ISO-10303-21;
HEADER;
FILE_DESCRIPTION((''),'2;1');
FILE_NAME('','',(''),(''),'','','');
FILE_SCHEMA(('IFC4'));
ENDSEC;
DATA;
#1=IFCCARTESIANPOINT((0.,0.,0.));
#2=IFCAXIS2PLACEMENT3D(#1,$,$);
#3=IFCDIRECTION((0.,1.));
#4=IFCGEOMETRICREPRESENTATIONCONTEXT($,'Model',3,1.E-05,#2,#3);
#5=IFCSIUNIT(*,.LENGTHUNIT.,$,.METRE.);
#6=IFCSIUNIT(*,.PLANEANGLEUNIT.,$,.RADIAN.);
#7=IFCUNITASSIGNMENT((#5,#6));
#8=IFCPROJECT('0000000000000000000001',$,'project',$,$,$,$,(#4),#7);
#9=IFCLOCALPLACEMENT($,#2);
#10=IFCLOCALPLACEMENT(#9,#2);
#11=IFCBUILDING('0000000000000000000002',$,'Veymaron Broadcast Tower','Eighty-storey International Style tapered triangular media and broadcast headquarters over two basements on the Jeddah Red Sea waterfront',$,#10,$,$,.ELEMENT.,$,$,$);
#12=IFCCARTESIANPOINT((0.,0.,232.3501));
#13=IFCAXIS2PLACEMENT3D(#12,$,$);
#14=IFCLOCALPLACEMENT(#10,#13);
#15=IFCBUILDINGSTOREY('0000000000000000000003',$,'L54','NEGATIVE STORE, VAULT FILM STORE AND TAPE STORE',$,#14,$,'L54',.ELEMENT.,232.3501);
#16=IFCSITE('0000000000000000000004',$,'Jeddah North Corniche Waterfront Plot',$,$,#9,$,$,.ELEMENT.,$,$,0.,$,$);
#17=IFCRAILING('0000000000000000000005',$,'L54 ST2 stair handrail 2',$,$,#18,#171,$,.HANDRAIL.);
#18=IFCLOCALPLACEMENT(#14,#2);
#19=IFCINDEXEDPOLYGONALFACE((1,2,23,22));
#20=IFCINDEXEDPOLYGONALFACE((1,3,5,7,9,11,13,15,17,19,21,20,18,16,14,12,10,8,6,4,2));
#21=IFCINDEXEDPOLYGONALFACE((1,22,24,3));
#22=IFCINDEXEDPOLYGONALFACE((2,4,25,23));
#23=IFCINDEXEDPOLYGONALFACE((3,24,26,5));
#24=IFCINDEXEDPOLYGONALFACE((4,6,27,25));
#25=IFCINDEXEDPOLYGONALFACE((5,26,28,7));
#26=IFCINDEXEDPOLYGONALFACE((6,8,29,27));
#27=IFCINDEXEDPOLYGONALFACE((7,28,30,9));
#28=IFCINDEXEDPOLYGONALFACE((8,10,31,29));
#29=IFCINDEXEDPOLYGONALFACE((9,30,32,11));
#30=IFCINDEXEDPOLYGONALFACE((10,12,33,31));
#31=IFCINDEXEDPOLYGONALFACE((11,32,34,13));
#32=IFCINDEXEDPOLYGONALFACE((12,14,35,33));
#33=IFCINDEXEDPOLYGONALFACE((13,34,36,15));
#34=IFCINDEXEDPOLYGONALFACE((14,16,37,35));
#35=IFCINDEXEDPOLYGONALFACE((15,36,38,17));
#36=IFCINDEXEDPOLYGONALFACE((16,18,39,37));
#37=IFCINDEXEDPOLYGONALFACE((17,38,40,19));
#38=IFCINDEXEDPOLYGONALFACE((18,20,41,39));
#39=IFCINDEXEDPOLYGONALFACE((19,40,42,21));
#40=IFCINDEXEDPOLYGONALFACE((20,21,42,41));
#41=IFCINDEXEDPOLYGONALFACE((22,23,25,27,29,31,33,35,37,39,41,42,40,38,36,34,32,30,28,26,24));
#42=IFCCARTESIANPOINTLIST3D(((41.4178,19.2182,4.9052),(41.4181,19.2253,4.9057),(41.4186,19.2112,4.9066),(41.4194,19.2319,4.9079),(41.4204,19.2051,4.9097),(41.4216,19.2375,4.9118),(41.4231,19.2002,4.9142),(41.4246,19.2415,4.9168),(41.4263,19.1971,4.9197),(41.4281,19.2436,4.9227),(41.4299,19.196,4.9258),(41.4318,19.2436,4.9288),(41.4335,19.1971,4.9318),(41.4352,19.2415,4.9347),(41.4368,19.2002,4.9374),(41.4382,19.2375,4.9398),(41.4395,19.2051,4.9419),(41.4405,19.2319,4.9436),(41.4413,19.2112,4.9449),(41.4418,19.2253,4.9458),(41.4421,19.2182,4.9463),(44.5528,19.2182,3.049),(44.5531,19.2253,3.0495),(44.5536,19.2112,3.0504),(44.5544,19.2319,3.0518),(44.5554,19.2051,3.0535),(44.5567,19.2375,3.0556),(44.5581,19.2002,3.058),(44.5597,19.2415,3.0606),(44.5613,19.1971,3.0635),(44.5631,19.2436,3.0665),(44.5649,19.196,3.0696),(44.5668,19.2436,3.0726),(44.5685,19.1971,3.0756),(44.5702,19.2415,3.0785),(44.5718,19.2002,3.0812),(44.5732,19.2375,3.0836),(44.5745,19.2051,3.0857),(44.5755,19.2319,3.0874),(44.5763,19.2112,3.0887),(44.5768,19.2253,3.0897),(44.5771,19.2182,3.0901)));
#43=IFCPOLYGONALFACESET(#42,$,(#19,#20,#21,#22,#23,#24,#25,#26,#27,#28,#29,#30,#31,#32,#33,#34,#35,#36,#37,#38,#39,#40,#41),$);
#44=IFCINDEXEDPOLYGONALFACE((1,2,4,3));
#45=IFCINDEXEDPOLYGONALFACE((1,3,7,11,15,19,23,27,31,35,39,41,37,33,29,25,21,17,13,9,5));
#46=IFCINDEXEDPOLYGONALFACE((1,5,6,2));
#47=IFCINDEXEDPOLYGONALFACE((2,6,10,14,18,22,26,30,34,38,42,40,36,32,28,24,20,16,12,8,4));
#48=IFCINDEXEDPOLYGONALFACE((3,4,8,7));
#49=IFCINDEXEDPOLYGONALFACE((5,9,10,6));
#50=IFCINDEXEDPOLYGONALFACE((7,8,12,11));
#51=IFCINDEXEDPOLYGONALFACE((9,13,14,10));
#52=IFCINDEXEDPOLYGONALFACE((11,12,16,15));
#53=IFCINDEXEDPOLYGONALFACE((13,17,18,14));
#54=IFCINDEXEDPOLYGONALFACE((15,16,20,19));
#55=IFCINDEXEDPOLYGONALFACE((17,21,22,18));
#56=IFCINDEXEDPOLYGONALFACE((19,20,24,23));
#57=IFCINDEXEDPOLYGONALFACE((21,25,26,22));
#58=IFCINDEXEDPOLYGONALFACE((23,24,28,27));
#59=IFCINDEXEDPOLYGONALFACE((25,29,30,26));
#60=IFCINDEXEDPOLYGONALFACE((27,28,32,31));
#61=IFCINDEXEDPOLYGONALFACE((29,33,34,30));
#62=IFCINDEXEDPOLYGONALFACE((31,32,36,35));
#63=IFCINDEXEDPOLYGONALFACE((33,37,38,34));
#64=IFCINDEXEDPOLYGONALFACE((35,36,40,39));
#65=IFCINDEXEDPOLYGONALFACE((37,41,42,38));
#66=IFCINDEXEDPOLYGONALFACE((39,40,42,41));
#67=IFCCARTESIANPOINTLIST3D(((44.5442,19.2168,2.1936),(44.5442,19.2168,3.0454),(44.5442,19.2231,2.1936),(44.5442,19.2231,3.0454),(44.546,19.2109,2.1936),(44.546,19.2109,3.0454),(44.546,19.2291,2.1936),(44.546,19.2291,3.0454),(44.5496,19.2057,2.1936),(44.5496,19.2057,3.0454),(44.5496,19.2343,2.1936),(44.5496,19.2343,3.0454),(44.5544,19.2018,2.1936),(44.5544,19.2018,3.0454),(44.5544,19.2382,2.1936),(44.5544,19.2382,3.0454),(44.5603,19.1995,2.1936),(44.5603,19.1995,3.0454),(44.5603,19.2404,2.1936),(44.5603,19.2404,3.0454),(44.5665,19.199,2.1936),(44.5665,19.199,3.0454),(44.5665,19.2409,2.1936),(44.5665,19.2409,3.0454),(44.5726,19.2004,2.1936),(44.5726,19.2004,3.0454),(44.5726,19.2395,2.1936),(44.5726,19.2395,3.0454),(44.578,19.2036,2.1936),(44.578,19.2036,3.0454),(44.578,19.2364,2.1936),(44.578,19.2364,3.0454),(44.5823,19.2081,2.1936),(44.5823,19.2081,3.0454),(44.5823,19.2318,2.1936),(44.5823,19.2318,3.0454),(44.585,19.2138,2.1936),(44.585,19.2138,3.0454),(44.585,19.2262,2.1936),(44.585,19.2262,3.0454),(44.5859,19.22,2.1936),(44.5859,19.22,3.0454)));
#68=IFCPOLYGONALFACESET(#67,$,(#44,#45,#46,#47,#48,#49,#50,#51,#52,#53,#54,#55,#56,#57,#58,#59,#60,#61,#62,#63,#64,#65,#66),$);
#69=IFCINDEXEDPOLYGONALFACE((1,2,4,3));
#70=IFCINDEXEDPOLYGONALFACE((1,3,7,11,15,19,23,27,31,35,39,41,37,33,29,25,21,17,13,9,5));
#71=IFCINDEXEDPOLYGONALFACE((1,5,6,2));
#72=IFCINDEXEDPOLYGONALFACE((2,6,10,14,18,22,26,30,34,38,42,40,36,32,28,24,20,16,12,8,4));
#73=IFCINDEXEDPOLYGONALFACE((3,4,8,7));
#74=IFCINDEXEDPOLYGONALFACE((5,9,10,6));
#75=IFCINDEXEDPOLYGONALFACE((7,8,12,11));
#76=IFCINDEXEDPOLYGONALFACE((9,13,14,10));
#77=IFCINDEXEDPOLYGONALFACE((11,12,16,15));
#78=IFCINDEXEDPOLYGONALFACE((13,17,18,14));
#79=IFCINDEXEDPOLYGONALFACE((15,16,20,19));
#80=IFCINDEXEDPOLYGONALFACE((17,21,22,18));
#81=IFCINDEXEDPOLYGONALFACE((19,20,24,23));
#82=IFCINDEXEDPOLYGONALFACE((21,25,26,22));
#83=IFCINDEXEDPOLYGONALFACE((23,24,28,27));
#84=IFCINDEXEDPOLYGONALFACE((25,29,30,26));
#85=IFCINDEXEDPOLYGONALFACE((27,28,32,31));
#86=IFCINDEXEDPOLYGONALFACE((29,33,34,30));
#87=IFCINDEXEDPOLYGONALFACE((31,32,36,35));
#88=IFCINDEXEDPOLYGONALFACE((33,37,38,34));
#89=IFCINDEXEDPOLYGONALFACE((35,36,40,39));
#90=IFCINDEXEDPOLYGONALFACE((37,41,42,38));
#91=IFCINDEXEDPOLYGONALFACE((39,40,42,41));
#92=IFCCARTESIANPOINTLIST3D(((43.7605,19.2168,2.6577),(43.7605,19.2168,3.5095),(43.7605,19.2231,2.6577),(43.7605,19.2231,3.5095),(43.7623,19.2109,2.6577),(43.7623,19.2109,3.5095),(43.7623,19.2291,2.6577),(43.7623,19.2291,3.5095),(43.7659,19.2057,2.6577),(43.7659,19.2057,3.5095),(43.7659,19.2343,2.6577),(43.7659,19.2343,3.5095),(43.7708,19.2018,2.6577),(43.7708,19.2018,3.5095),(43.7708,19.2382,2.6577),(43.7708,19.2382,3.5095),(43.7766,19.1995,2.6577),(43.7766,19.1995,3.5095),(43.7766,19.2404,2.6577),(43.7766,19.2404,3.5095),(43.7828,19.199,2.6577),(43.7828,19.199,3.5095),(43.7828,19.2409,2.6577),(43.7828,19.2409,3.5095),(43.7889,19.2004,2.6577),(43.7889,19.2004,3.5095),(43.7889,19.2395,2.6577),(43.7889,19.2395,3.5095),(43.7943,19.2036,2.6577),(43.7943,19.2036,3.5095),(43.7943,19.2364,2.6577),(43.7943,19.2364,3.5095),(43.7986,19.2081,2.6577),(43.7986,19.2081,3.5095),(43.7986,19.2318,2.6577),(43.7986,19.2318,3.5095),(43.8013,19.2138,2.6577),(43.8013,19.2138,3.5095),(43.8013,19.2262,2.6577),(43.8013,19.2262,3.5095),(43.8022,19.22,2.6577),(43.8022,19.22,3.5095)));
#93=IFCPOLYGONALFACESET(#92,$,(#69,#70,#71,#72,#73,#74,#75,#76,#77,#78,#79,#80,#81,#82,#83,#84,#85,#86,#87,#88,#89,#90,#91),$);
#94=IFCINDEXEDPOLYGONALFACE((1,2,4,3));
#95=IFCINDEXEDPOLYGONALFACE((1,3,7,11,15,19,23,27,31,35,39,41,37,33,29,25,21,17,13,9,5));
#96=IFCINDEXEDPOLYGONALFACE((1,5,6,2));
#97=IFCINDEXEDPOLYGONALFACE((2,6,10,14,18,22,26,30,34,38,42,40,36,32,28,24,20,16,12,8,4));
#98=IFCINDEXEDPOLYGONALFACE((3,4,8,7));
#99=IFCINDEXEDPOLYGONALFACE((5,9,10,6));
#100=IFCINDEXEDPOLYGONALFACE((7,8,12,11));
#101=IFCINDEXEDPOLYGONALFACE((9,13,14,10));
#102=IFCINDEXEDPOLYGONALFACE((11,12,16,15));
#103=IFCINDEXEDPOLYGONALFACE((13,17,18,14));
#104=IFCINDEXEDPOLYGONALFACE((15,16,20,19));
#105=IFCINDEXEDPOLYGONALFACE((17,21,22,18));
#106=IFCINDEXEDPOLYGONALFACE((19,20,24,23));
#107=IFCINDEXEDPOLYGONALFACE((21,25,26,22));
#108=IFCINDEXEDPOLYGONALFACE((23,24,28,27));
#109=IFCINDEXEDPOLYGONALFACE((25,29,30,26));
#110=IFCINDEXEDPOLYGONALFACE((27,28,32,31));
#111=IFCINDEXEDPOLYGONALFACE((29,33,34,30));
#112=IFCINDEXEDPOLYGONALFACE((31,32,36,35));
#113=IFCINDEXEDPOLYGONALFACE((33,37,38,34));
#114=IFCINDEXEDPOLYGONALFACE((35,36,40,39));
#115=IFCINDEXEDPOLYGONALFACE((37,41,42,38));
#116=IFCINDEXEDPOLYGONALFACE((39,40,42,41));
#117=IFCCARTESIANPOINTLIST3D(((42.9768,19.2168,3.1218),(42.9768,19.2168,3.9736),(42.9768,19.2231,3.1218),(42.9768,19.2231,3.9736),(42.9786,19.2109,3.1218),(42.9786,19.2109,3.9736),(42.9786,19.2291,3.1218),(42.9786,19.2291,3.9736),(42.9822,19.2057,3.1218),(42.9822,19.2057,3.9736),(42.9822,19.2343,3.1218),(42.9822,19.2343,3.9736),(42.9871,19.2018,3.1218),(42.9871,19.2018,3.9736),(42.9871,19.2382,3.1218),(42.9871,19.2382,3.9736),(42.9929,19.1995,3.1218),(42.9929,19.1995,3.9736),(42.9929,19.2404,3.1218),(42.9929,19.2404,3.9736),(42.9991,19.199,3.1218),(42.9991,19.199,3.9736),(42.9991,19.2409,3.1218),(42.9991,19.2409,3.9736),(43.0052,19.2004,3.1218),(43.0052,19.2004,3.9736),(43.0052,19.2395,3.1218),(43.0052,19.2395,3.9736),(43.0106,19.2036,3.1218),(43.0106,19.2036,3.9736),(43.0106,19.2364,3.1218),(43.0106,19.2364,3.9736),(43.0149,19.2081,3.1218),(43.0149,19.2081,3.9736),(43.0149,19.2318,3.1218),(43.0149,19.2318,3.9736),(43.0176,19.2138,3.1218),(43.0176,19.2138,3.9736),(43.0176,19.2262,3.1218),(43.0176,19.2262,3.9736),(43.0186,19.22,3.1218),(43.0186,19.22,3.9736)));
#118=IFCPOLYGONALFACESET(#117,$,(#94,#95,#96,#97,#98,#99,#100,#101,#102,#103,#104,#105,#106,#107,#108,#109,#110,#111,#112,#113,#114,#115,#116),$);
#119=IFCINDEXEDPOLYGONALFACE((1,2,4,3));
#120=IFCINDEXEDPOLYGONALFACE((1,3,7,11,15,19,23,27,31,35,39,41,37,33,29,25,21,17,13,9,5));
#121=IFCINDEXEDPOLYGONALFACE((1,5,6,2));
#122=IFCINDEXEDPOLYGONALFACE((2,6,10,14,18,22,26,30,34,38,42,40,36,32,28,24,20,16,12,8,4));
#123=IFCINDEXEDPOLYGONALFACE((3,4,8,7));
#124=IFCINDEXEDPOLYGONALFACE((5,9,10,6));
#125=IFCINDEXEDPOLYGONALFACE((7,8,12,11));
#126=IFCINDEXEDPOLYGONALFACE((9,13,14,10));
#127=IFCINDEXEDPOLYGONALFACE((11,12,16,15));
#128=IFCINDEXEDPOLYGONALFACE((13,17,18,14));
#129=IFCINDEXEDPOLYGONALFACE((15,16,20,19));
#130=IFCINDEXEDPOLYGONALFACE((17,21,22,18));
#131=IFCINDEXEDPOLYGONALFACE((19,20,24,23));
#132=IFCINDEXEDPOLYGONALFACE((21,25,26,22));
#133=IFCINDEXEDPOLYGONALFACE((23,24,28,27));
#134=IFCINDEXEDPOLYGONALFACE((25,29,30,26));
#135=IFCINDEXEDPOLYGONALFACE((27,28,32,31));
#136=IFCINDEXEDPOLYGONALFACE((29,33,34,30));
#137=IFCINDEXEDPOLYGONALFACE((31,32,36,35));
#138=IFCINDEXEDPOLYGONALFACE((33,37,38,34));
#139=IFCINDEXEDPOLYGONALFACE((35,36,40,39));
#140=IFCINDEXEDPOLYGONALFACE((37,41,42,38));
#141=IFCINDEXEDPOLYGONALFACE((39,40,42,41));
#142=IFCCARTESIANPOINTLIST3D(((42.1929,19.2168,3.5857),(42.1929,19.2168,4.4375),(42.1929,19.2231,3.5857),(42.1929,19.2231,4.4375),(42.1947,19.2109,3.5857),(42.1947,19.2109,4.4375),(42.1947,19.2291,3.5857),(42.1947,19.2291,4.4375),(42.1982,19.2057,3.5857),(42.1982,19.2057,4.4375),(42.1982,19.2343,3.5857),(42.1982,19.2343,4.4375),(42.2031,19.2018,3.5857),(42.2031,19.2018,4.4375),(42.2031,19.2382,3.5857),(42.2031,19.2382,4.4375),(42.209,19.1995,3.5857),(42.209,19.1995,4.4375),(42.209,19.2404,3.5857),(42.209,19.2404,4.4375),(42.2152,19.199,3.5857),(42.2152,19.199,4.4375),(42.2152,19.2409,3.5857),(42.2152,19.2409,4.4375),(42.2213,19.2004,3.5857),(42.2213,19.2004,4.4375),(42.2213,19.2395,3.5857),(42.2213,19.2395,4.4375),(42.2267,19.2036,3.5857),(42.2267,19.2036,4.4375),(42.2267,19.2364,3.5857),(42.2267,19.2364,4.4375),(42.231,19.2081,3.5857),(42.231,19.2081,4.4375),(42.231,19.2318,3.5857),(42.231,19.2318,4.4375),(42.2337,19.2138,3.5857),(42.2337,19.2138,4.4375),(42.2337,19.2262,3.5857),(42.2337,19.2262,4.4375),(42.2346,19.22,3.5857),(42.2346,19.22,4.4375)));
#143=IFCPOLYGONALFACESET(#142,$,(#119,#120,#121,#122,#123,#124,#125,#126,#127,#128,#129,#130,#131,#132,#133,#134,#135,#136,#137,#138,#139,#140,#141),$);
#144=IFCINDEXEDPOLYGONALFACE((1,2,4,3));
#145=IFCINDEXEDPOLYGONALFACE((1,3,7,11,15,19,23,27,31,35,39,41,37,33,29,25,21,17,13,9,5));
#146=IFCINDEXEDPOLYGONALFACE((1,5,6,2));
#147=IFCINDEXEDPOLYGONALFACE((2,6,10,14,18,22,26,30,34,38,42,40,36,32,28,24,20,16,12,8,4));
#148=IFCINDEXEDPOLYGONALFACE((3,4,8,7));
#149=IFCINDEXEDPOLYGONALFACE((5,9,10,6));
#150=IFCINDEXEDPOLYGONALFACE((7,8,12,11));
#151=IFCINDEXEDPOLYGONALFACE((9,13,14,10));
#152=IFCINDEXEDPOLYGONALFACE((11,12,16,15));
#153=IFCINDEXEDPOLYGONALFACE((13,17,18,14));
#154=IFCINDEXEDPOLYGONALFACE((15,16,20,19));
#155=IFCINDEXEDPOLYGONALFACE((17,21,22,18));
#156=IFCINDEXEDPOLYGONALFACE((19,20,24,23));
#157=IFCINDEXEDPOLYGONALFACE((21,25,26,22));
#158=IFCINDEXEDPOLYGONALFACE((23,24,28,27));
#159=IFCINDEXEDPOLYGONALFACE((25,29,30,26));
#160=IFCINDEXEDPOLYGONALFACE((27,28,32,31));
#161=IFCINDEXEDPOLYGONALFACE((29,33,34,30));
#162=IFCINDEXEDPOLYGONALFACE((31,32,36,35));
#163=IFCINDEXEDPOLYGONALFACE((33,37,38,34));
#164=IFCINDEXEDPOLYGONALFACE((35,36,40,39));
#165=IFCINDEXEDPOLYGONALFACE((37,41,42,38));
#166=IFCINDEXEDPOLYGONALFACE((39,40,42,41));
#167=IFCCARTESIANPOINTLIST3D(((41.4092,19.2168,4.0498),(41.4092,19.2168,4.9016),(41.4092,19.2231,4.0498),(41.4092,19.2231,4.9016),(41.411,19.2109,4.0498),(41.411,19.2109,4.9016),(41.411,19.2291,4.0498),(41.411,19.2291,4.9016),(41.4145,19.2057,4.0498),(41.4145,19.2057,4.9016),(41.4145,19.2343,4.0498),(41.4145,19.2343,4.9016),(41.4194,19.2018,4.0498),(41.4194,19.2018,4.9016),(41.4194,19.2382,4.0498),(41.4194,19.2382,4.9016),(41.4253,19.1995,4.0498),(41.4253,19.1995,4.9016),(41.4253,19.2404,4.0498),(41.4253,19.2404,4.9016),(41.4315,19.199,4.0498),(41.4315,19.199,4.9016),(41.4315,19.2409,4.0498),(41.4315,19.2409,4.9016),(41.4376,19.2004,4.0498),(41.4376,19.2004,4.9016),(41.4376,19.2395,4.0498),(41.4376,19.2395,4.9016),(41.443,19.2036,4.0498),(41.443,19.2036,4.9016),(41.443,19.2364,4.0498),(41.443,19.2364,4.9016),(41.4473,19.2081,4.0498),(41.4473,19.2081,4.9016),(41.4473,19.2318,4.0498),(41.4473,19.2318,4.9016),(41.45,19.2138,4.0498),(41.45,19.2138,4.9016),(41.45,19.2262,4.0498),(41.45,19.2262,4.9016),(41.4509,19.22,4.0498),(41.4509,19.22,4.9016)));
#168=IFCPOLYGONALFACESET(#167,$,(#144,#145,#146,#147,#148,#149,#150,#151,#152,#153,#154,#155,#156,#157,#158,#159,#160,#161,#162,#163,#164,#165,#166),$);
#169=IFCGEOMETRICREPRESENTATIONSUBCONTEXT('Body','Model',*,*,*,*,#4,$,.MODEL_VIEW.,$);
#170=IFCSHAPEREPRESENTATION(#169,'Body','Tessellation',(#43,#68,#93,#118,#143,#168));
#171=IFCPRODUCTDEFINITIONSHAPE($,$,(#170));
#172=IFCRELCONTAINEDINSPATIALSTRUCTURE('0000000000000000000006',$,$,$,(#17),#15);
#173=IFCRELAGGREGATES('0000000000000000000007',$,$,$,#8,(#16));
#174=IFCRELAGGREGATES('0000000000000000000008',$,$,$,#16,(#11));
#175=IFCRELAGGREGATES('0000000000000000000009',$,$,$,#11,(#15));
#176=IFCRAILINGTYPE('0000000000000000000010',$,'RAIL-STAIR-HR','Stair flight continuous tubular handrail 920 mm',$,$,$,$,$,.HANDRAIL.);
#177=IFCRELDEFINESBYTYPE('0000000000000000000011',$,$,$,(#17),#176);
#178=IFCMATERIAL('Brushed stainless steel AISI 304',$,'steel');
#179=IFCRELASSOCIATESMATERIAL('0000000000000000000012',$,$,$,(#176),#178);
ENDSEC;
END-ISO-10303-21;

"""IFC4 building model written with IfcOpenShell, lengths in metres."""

from ifc_helpers import new_model, si_unit, direction, frame, origin, origin_2d, place, context, subcontext, project, spatial, circle, extrude, material, type_object, element, save


model = new_model("IFC4")

# Units and contexts
model_context = context("Model", 3, precision=1e-05, world=origin(), true_north=direction((0.0, 1.0)))
body_context = subcontext(model_context, "Body", "Model", "MODEL_VIEW")
ifc_project = project(units=[si_unit("LENGTHUNIT", "METRE"), si_unit("PLANEANGLEUNIT", "RADIAN")], contexts=[model_context])

# Site, building, storey
site_placement = place(None, origin())
site = spatial("IfcSite", under=ifc_project, at=site_placement, Name="Jeddah North Corniche Waterfront Plot", CompositionType="ELEMENT", RefElevation=0.0)
building_placement = place(site_placement, origin())
building = spatial("IfcBuilding", under=site, at=building_placement, Name="Veymaron Broadcast Tower", Description="Eighty-storey International Style tapered triangular media and broadcast headquarters over two basements on the Jeddah Red Sea waterfront", CompositionType="ELEMENT")
storey_placement = place(building_placement, frame((0.0, 0.0, 232.3501)))
storey = spatial("IfcBuildingStorey", under=building, at=storey_placement, Name="L54", Description="NEGATIVE STORE, VAULT FILM STORE AND TAPE STORE", LongName="L54", CompositionType="ELEMENT", Elevation=232.3501)

# Shared definitions
ifc_material_1 = material(Name="Brushed stainless steel AISI 304", Category="steel")

# Railing
railing_type_1 = type_object("IfcRailingType", Name="RAIL-STAIR-HR", Description="Stair flight continuous tubular handrail 920 mm", PredefinedType="HANDRAIL", material=ifc_material_1)
railing_1_placement = place(storey_placement, frame((44.5649, 19.22, 2.1936)))
element("IfcRailing", 1, at=railing_1_placement, inside=storey, type_object=railing_type_1, Name="L54 ST2 stair handrail 2", PredefinedType="HANDRAIL", context=body_context, shape_type="SweptSolid", body=[
    extrude(circle(Radius=0.0239, at=origin_2d()), frame((0.0, 0.0, 0.876), z_axis=(-0.860482, 0.0, 0.509481), x_axis=(0.0, -1.0, 0.0)), (0.0, 0.0, 1.0), 3.6433),
    extrude(circle(Radius=0.021, at=origin_2d()), origin(), (0.0, 0.0, 1.0), 0.8518),
    extrude(circle(Radius=0.021, at=origin_2d()), frame((-0.7837, 0.0, 0.4641)), (0.0, 0.0, 1.0), 0.8518),
    extrude(circle(Radius=0.021, at=origin_2d()), frame((-1.5674, 0.0, 0.9282)), (0.0, 0.0, 1.0), 0.8518),
    extrude(circle(Radius=0.021, at=origin_2d()), frame((-2.3513, 0.0, 1.3921)), (0.0, 0.0, 1.0), 0.8518),
    extrude(circle(Radius=0.021, at=origin_2d()), frame((-3.135, 0.0, 1.8562)), (0.0, 0.0, 1.0), 0.8518),
])

save(model, "model.ifc")
